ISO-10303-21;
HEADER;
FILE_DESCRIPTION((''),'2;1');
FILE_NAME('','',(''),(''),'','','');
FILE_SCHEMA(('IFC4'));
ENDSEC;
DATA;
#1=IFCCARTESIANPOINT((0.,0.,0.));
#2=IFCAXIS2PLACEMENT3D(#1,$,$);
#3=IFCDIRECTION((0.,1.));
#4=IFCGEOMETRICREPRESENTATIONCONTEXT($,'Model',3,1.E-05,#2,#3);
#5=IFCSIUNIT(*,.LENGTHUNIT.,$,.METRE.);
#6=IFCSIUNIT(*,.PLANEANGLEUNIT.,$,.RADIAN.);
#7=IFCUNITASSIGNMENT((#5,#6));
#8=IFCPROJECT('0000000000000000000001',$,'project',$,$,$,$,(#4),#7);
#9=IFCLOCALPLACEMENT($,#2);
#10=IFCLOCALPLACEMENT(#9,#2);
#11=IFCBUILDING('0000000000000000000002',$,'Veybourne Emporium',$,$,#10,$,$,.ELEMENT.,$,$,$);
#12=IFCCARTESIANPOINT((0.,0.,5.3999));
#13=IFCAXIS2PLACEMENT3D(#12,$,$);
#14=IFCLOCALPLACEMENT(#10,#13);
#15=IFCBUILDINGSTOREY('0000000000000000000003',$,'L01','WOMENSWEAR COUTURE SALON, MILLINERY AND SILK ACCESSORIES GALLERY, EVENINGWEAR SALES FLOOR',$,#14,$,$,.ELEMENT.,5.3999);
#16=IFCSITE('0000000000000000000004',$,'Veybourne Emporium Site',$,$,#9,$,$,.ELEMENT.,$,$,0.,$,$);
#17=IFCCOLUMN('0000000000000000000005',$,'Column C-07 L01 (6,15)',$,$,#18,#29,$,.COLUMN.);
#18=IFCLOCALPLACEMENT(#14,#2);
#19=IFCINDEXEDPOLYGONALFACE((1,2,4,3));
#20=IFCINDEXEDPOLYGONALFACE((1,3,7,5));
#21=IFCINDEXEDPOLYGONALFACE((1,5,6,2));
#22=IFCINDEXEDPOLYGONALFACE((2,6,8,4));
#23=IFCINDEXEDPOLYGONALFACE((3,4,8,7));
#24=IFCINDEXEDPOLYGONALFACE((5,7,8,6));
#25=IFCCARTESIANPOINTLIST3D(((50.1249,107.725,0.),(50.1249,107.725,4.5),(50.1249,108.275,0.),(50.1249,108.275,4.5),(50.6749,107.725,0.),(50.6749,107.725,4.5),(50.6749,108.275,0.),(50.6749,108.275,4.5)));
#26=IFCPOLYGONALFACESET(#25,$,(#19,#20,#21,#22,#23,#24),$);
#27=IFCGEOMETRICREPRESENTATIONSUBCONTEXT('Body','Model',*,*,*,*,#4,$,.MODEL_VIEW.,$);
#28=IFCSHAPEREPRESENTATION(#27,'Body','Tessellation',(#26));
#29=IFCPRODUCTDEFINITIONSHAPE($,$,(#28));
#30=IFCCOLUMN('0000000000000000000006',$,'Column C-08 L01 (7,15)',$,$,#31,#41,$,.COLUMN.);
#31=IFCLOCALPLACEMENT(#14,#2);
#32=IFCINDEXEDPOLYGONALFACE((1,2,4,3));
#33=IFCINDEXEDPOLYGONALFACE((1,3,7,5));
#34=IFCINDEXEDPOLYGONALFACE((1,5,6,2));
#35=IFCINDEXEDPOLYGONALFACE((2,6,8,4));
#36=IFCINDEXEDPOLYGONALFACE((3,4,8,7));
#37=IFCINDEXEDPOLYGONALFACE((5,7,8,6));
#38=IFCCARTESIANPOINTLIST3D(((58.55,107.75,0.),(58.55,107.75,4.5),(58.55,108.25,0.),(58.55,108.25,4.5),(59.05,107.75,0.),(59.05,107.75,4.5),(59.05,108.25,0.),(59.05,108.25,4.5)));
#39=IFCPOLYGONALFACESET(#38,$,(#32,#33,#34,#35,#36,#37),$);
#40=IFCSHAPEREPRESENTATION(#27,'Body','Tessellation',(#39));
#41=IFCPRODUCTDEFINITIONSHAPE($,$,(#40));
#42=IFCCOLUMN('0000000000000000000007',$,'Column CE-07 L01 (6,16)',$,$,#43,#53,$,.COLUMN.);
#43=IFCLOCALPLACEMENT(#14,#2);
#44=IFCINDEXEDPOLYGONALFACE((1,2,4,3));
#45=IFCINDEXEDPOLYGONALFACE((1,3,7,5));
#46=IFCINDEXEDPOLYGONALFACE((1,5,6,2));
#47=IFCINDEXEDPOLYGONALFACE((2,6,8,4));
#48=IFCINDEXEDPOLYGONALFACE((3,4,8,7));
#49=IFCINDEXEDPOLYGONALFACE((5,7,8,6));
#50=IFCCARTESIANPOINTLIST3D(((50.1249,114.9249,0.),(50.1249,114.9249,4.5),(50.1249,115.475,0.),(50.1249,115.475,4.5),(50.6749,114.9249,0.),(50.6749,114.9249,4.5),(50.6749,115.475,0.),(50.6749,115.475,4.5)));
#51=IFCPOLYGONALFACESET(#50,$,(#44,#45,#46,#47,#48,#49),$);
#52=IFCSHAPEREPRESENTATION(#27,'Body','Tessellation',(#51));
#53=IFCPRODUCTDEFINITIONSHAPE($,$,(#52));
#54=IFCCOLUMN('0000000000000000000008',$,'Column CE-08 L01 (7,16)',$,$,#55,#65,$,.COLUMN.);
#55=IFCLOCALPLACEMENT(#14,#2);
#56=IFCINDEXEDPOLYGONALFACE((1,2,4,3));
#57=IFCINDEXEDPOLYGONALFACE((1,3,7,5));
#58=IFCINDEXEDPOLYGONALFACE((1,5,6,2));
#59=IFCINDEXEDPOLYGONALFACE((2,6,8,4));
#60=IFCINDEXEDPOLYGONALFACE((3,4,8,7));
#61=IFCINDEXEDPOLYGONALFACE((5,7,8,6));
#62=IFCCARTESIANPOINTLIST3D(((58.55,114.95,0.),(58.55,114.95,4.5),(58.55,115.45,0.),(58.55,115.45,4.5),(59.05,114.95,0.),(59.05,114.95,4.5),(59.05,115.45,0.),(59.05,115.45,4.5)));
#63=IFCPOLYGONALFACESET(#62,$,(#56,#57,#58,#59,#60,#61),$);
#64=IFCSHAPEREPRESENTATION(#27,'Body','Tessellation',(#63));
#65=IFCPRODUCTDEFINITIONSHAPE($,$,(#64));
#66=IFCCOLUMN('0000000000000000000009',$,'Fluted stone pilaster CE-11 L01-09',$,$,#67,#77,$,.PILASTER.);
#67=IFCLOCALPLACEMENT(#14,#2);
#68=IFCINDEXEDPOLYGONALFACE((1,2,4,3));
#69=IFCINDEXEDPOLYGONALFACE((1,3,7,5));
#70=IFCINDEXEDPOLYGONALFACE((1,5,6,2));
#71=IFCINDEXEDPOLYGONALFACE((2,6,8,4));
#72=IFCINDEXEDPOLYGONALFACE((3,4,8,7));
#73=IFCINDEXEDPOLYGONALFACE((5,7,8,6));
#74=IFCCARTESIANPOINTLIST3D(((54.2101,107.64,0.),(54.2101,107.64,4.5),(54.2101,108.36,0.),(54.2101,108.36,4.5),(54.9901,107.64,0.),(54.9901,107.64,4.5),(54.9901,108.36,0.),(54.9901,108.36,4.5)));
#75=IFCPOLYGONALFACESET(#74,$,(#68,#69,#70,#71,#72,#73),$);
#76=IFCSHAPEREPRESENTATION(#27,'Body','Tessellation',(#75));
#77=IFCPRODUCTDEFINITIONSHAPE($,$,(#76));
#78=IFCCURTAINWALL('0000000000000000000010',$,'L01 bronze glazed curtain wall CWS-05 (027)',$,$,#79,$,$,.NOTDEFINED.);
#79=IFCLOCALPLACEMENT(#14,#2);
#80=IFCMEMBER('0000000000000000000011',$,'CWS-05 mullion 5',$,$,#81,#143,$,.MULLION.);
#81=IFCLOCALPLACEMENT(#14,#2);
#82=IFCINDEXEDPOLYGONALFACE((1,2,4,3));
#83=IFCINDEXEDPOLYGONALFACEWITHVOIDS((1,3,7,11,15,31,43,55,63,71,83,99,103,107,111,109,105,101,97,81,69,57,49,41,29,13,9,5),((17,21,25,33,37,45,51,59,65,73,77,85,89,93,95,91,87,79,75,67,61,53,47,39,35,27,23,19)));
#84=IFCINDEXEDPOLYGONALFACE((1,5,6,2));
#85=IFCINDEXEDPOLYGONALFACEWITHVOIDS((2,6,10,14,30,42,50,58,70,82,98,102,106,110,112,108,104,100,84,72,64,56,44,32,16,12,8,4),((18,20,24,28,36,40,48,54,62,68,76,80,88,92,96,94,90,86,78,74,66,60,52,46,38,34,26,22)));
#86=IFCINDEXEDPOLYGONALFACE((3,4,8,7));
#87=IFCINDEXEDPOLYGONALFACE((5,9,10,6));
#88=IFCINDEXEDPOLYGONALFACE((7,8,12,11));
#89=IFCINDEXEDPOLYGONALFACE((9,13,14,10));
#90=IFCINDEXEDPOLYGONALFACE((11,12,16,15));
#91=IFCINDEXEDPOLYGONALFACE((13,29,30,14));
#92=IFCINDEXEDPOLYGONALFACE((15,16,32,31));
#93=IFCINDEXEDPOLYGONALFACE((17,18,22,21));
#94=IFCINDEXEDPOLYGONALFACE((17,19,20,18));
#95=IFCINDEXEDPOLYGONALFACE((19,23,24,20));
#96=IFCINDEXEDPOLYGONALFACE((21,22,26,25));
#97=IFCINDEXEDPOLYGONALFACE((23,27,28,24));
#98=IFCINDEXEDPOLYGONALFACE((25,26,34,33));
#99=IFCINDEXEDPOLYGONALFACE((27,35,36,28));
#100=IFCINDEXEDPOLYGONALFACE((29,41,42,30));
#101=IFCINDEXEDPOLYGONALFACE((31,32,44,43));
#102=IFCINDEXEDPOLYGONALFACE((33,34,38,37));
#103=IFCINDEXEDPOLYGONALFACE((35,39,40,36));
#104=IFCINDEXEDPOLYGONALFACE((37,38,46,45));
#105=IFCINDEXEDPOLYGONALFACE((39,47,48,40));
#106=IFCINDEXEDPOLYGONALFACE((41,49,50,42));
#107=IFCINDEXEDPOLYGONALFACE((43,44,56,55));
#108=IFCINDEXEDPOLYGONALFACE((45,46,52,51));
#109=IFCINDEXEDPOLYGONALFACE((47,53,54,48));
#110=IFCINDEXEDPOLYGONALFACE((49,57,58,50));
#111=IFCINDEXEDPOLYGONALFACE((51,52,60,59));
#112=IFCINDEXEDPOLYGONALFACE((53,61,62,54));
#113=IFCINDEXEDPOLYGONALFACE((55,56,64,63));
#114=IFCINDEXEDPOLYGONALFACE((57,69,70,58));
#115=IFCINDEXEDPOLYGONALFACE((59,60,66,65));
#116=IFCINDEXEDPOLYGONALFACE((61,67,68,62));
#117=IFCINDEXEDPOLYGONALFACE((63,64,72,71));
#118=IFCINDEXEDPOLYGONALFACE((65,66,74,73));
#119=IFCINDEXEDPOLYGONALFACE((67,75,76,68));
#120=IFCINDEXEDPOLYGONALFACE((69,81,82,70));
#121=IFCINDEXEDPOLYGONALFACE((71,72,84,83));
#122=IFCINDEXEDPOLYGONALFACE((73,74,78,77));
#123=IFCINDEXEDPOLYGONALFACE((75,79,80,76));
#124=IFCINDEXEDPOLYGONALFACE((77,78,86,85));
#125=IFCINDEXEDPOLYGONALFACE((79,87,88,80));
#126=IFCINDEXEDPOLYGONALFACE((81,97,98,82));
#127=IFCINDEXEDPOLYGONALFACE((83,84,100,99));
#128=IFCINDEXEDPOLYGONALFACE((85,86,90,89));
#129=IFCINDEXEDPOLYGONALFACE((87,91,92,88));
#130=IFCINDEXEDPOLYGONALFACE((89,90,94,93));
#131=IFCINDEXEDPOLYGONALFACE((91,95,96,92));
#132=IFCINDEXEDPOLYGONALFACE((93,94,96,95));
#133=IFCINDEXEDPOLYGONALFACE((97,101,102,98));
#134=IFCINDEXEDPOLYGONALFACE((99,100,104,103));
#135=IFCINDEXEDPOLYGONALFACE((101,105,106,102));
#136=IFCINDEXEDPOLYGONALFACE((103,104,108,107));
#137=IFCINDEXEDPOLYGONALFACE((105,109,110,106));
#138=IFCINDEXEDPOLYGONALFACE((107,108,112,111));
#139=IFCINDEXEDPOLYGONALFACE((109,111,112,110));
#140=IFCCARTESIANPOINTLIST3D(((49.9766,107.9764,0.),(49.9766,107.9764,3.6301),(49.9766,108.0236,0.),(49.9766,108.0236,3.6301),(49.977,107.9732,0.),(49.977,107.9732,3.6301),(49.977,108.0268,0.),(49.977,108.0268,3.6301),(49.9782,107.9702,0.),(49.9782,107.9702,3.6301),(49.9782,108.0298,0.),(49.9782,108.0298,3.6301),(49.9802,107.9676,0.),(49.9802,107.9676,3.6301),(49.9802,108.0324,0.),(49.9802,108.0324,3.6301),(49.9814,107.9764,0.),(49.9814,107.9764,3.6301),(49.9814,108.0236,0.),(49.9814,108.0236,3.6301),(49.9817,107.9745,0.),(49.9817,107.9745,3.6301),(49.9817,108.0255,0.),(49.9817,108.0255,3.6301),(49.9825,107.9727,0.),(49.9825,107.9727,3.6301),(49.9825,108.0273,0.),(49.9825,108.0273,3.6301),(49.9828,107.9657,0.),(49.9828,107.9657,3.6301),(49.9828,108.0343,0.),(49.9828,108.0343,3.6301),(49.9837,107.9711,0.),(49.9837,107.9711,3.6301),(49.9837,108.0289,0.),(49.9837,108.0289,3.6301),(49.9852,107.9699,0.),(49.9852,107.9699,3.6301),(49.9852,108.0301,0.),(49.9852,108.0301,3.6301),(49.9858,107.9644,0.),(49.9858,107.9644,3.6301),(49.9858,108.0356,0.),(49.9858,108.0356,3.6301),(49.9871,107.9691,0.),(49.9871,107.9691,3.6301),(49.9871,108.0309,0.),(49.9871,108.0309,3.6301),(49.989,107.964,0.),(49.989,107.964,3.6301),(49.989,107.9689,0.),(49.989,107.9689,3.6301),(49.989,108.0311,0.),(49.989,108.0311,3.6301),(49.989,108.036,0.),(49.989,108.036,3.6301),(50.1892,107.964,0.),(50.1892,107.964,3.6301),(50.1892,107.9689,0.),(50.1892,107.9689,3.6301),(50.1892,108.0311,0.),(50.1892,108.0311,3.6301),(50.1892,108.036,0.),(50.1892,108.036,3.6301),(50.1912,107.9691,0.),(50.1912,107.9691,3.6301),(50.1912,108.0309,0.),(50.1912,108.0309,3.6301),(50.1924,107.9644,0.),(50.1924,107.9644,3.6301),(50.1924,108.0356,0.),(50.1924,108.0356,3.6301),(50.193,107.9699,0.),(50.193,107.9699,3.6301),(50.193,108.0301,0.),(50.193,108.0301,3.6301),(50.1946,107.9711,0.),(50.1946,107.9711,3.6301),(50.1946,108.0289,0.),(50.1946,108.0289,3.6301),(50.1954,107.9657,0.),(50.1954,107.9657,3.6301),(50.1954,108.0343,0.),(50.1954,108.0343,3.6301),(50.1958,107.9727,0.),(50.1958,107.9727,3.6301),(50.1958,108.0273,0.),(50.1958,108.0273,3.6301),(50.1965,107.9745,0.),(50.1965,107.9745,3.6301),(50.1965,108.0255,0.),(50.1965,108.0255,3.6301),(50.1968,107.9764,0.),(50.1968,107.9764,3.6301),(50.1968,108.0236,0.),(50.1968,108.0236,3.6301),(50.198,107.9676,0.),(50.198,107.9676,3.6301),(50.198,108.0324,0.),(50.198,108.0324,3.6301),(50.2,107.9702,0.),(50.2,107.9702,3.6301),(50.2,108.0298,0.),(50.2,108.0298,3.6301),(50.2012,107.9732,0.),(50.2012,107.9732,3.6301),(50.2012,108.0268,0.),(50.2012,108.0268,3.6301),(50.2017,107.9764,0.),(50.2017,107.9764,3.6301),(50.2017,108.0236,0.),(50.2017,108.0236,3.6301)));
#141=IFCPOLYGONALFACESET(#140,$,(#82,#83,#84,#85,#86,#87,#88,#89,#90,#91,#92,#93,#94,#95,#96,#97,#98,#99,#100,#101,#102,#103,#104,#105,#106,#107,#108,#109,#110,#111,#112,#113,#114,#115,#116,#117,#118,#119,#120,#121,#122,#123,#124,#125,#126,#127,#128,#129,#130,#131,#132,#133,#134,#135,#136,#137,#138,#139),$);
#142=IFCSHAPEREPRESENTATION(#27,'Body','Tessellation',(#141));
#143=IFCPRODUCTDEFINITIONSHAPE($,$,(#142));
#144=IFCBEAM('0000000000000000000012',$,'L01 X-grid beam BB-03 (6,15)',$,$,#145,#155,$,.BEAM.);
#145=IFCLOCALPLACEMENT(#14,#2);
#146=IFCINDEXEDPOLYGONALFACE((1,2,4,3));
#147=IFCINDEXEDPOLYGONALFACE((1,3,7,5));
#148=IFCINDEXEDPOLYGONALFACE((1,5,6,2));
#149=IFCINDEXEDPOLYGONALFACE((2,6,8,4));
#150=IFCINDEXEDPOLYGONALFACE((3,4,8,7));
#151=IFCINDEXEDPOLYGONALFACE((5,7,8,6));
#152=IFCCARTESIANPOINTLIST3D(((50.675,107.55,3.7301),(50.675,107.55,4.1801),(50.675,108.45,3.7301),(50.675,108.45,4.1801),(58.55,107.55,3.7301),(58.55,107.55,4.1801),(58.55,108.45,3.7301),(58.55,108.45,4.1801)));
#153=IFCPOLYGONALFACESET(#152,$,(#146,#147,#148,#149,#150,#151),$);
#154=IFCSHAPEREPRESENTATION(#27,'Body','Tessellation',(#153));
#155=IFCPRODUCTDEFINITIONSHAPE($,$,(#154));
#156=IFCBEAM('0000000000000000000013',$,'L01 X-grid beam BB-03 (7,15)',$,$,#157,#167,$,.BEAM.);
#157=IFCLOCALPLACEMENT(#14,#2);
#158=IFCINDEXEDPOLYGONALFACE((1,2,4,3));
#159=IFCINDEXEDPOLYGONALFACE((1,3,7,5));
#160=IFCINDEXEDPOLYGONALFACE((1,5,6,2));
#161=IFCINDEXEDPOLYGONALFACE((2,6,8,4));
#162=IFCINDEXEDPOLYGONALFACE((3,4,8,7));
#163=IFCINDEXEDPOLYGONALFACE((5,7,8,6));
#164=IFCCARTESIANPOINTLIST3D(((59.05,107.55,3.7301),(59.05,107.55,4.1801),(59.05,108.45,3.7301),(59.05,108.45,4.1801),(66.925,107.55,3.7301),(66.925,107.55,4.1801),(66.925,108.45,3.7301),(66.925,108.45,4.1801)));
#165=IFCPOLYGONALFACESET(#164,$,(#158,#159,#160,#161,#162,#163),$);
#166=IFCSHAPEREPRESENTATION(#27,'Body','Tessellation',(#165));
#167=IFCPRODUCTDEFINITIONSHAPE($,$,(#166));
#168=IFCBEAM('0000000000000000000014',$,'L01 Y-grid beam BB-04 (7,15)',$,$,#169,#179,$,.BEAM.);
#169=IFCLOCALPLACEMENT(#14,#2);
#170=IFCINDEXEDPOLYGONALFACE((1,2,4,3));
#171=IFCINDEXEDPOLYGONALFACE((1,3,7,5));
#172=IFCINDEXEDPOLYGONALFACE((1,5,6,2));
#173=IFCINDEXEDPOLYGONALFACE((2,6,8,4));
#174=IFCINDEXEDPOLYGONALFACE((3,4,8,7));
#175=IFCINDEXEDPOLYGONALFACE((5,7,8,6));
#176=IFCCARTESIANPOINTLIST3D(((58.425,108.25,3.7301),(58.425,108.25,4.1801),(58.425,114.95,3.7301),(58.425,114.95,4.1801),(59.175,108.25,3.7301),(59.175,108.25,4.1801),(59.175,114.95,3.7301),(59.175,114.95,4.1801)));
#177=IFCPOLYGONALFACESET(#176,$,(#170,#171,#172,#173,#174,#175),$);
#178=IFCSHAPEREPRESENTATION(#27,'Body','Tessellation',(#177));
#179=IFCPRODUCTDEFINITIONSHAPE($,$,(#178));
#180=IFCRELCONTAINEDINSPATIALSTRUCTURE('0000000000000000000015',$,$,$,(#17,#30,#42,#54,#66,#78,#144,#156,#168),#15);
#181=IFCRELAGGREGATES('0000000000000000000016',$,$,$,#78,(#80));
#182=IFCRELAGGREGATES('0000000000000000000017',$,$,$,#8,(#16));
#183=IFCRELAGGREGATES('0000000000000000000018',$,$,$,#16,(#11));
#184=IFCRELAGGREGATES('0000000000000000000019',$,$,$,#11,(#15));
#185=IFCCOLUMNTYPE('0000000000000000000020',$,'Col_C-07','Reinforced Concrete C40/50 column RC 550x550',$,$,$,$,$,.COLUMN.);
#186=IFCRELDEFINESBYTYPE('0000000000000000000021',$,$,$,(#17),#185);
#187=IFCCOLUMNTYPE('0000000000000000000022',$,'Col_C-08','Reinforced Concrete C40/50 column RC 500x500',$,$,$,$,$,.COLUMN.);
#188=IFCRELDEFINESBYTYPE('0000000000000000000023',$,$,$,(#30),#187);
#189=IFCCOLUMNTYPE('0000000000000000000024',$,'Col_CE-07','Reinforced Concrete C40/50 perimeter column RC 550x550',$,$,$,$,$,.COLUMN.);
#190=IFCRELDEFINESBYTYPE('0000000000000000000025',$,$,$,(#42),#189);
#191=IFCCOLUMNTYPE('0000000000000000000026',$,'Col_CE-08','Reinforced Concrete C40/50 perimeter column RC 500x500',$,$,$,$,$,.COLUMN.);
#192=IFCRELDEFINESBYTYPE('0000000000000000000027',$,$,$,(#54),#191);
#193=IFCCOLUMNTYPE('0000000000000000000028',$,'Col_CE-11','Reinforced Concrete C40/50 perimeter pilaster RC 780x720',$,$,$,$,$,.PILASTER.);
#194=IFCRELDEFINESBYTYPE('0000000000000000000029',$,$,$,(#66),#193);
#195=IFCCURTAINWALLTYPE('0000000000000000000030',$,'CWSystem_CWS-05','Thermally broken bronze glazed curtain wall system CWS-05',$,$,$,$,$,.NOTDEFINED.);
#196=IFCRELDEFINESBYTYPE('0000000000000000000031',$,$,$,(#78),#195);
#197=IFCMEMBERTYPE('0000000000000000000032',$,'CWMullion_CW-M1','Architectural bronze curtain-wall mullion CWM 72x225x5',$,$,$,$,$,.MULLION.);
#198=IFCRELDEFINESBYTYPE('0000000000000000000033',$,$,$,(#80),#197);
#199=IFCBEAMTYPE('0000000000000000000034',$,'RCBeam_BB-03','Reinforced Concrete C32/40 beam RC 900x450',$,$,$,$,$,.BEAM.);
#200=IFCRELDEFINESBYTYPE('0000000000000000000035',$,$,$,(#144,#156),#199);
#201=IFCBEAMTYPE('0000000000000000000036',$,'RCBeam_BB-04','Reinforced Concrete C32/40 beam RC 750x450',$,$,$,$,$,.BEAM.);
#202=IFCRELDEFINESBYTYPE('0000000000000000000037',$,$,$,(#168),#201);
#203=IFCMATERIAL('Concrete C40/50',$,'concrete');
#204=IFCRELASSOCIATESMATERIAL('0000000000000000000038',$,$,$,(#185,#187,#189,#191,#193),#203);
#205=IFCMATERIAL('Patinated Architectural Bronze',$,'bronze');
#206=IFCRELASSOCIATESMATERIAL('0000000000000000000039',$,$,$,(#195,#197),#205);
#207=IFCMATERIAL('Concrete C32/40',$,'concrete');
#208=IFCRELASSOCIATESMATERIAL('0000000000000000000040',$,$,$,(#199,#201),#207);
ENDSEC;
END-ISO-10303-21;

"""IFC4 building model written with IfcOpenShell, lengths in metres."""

from ifc_helpers import new_model, si_unit, direction, frame, origin, origin_2d, place, context, subcontext, project, spatial, rectangle, hollow_rectangle, extrude, material, material_profile, profile_set, type_object, element, aggregate, save


model = new_model("IFC4")

# Units and contexts
model_context = context("Model", 3, precision=1e-05, world=origin(), true_north=direction((0.0, 1.0)))
body_context = subcontext(model_context, "Body", "Model", "MODEL_VIEW")
ifc_project = project(units=[si_unit("LENGTHUNIT", "METRE"), si_unit("PLANEANGLEUNIT", "RADIAN")], contexts=[model_context])

# Site, building, storey
site_placement = place(None, origin())
site = spatial("IfcSite", under=ifc_project, at=site_placement, Name="Veybourne Emporium Site", CompositionType="ELEMENT", RefElevation=0.0)
building_placement = place(site_placement, origin())
building = spatial("IfcBuilding", under=site, at=building_placement, Name="Veybourne Emporium", CompositionType="ELEMENT")
storey_placement = place(building_placement, frame((0.0, 0.0, 5.3999)))
storey = spatial("IfcBuildingStorey", under=building, at=storey_placement, Name="L01", Description="WOMENSWEAR COUTURE SALON, MILLINERY AND SILK ACCESSORIES GALLERY, EVENINGWEAR SALES FLOOR", CompositionType="ELEMENT", Elevation=5.3999)

# Columns
ifc_material_1 = material(Name="Concrete C40/50", Category="concrete")
ifc_material_profile_1 = material_profile(ifc_material_1, rectangle(XDim=0.55, YDim=0.55, at=origin_2d()), Name="RC 550x550")
ifc_profile_set_1 = profile_set([ifc_material_profile_1], Name="Concrete C40/50")
column_type_1 = type_object("IfcColumnType", Name="Col_C-07", Description="Reinforced Concrete C40/50 column RC 550x550", PredefinedType="COLUMN", material=ifc_profile_set_1)
column_1_placement = place(storey_placement, frame((50.3999, 108.0, 0.0), z_axis=(0.0, 0.0, 1.0), x_axis=(1.0, 0.0, 0.0)))
element("IfcColumn", 1, at=column_1_placement, inside=storey, type_object=column_type_1, Name="Column C-07 L01 (6,15)", PredefinedType="COLUMN", context=body_context, shape_type="SweptSolid", body=[
    extrude(rectangle(XDim=0.55, YDim=0.55, at=origin_2d()), origin(), (0.0, 0.0, 1.0), 4.5),
])
ifc_material_profile_2 = material_profile(ifc_material_1, rectangle(XDim=0.5, YDim=0.5, at=origin_2d()), Name="RC 500x500")
ifc_profile_set_2 = profile_set([ifc_material_profile_2], Name="Concrete C40/50")
column_type_2 = type_object("IfcColumnType", Name="Col_C-08", Description="Reinforced Concrete C40/50 column RC 500x500", PredefinedType="COLUMN", material=ifc_profile_set_2)
column_2_placement = place(storey_placement, frame((58.8, 108.0, 0.0), z_axis=(0.0, 0.0, 1.0), x_axis=(1.0, 0.0, 0.0)))
element("IfcColumn", 2, at=column_2_placement, inside=storey, type_object=column_type_2, Name="Column C-08 L01 (7,15)", PredefinedType="COLUMN", context=body_context, shape_type="SweptSolid", body=[
    extrude(rectangle(XDim=0.5, YDim=0.5, at=origin_2d()), origin(), (0.0, 0.0, 1.0), 4.5),
])
ifc_material_profile_3 = material_profile(ifc_material_1, rectangle(XDim=0.55, YDim=0.55, at=origin_2d()), Name="RC 550x550")
ifc_profile_set_3 = profile_set([ifc_material_profile_3], Name="Concrete C40/50")
column_type_3 = type_object("IfcColumnType", Name="Col_CE-07", Description="Reinforced Concrete C40/50 perimeter column RC 550x550", PredefinedType="COLUMN", material=ifc_profile_set_3)
column_3_placement = place(storey_placement, frame((50.3999, 115.2, 0.0), z_axis=(0.0, 0.0, 1.0), x_axis=(1.0, 0.0, 0.0)))
element("IfcColumn", 3, at=column_3_placement, inside=storey, type_object=column_type_3, Name="Column CE-07 L01 (6,16)", PredefinedType="COLUMN", context=body_context, shape_type="SweptSolid", body=[
    extrude(rectangle(XDim=0.55, YDim=0.55, at=origin_2d()), origin(), (0.0, 0.0, 1.0), 4.5),
])
ifc_material_profile_4 = material_profile(ifc_material_1, rectangle(XDim=0.5, YDim=0.5, at=origin_2d()), Name="RC 500x500")
ifc_profile_set_4 = profile_set([ifc_material_profile_4], Name="Concrete C40/50")
column_type_4 = type_object("IfcColumnType", Name="Col_CE-08", Description="Reinforced Concrete C40/50 perimeter column RC 500x500", PredefinedType="COLUMN", material=ifc_profile_set_4)
column_4_placement = place(storey_placement, frame((58.8, 115.2, 0.0), z_axis=(0.0, 0.0, 1.0), x_axis=(1.0, 0.0, 0.0)))
element("IfcColumn", 4, at=column_4_placement, inside=storey, type_object=column_type_4, Name="Column CE-08 L01 (7,16)", PredefinedType="COLUMN", context=body_context, shape_type="SweptSolid", body=[
    extrude(rectangle(XDim=0.5, YDim=0.5, at=origin_2d()), origin(), (0.0, 0.0, 1.0), 4.5),
])
ifc_material_profile_5 = material_profile(ifc_material_1, rectangle(XDim=0.78, YDim=0.72, at=origin_2d()), Name="RC 780x720")
ifc_profile_set_5 = profile_set([ifc_material_profile_5], Name="Concrete C40/50")
column_type_5 = type_object("IfcColumnType", Name="Col_CE-11", Description="Reinforced Concrete C40/50 perimeter pilaster RC 780x720", PredefinedType="PILASTER", material=ifc_profile_set_5)
column_5_placement = place(storey_placement, frame((54.6001, 108.0, 0.0), z_axis=(0.0, 0.0, 1.0), x_axis=(1.0, 0.0, 0.0)))
element("IfcColumn", 5, at=column_5_placement, inside=storey, type_object=column_type_5, Name="Fluted stone pilaster CE-11 L01-09", PredefinedType="PILASTER", context=body_context, shape_type="SweptSolid", body=[
    extrude(rectangle(XDim=0.78, YDim=0.72, at=origin_2d()), origin(), (0.0, 0.0, 1.0), 4.5),
])

# Curtain wall, member
ifc_material_2 = material(Name="Patinated Architectural Bronze", Category="bronze")
curtain_wall_type = type_object("IfcCurtainWallType", Name="CWSystem_CWS-05", Description="Thermally broken bronze glazed curtain wall system CWS-05", PredefinedType="NOTDEFINED", material=ifc_material_2)
curtain_wall_placement = place(storey_placement, origin())
curtain_wall = element("IfcCurtainWall", 6, at=curtain_wall_placement, inside=storey, type_object=curtain_wall_type, Name="L01 bronze glazed curtain wall CWS-05 (027)", PredefinedType="NOTDEFINED")
ifc_material_profile_6 = material_profile(ifc_material_2, hollow_rectangle(XDim=0.072, YDim=0.2251, WallThickness=0.0049, InnerFilletRadius=0.0076, OuterFilletRadius=0.0125, at=origin_2d()), Name="CWM 72x225x5")
ifc_profile_set_6 = profile_set([ifc_material_profile_6], Name="Patinated Architectural Bronze")
member_type = type_object("IfcMemberType", Name="CWMullion_CW-M1", Description="Architectural bronze curtain-wall mullion CWM 72x225x5", PredefinedType="MULLION", material=ifc_profile_set_6)
member_placement = place(storey_placement, frame((50.0891, 108.0, 0.0), z_axis=(0.0, 0.0, 1.0), x_axis=(0.0, 1.0, 0.0)))
member = element("IfcMember", 7, at=member_placement, type_object=member_type, Name="CWS-05 mullion 5", PredefinedType="MULLION", context=body_context, shape_type="SweptSolid", body=[
    extrude(hollow_rectangle(XDim=0.072, YDim=0.2251, WallThickness=0.0049, InnerFilletRadius=0.0076, OuterFilletRadius=0.0125, at=origin_2d()), origin(), (0.0, 0.0, 1.0), 3.6301),
])

# Beams
ifc_material_3 = material(Name="Concrete C32/40", Category="concrete")
ifc_material_profile_7 = material_profile(ifc_material_3, rectangle(XDim=0.8999, YDim=0.45, at=origin_2d()), Name="RC 900x450")
ifc_profile_set_7 = profile_set([ifc_material_profile_7], Name="Concrete C32/40")
beam_type_1 = type_object("IfcBeamType", Name="RCBeam_BB-03", Description="Reinforced Concrete C32/40 beam RC 900x450", PredefinedType="BEAM", material=ifc_profile_set_7)
for number, where, z_axis, x_axis, name in (
    (8, (50.675, 108.0, 3.9551), (1.0, 0.0, 0.0), (0.0, 1.0, 0.0), "L01 X-grid beam BB-03 (6,15)"),
    (9, (59.05, 108.0, 3.9551), (1.0, 0.0, 0.0), (0.0, 1.0, 0.0), "L01 X-grid beam BB-03 (7,15)"),
):
    element("IfcBeam", number, at=place(storey_placement, frame(where, z_axis=z_axis, x_axis=x_axis)), inside=storey, type_object=beam_type_1, Name=name, PredefinedType="BEAM", context=body_context, shape_type="SweptSolid", body=[
        extrude(rectangle(XDim=0.8999, YDim=0.45, at=origin_2d()), origin(), (0.0, 0.0, 1.0), 7.875),
    ])
ifc_material_profile_8 = material_profile(ifc_material_3, rectangle(XDim=0.75, YDim=0.45, at=origin_2d()), Name="RC 750x450")
ifc_profile_set_8 = profile_set([ifc_material_profile_8], Name="Concrete C32/40")
beam_type_2 = type_object("IfcBeamType", Name="RCBeam_BB-04", Description="Reinforced Concrete C32/40 beam RC 750x450", PredefinedType="BEAM", material=ifc_profile_set_8)
beam_1_placement = place(storey_placement, frame((58.8, 108.25, 3.9551), z_axis=(0.0, 1.0, 0.0), x_axis=(-1.0, 0.0, 0.0)))
element("IfcBeam", 10, at=beam_1_placement, inside=storey, type_object=beam_type_2, Name="L01 Y-grid beam BB-04 (7,15)", PredefinedType="BEAM", context=body_context, shape_type="SweptSolid", body=[
    extrude(rectangle(XDim=0.75, YDim=0.45, at=origin_2d()), origin(), (0.0, 0.0, 1.0), 6.7),
])

aggregate(curtain_wall, [member])

save(model, "model.ifc")
